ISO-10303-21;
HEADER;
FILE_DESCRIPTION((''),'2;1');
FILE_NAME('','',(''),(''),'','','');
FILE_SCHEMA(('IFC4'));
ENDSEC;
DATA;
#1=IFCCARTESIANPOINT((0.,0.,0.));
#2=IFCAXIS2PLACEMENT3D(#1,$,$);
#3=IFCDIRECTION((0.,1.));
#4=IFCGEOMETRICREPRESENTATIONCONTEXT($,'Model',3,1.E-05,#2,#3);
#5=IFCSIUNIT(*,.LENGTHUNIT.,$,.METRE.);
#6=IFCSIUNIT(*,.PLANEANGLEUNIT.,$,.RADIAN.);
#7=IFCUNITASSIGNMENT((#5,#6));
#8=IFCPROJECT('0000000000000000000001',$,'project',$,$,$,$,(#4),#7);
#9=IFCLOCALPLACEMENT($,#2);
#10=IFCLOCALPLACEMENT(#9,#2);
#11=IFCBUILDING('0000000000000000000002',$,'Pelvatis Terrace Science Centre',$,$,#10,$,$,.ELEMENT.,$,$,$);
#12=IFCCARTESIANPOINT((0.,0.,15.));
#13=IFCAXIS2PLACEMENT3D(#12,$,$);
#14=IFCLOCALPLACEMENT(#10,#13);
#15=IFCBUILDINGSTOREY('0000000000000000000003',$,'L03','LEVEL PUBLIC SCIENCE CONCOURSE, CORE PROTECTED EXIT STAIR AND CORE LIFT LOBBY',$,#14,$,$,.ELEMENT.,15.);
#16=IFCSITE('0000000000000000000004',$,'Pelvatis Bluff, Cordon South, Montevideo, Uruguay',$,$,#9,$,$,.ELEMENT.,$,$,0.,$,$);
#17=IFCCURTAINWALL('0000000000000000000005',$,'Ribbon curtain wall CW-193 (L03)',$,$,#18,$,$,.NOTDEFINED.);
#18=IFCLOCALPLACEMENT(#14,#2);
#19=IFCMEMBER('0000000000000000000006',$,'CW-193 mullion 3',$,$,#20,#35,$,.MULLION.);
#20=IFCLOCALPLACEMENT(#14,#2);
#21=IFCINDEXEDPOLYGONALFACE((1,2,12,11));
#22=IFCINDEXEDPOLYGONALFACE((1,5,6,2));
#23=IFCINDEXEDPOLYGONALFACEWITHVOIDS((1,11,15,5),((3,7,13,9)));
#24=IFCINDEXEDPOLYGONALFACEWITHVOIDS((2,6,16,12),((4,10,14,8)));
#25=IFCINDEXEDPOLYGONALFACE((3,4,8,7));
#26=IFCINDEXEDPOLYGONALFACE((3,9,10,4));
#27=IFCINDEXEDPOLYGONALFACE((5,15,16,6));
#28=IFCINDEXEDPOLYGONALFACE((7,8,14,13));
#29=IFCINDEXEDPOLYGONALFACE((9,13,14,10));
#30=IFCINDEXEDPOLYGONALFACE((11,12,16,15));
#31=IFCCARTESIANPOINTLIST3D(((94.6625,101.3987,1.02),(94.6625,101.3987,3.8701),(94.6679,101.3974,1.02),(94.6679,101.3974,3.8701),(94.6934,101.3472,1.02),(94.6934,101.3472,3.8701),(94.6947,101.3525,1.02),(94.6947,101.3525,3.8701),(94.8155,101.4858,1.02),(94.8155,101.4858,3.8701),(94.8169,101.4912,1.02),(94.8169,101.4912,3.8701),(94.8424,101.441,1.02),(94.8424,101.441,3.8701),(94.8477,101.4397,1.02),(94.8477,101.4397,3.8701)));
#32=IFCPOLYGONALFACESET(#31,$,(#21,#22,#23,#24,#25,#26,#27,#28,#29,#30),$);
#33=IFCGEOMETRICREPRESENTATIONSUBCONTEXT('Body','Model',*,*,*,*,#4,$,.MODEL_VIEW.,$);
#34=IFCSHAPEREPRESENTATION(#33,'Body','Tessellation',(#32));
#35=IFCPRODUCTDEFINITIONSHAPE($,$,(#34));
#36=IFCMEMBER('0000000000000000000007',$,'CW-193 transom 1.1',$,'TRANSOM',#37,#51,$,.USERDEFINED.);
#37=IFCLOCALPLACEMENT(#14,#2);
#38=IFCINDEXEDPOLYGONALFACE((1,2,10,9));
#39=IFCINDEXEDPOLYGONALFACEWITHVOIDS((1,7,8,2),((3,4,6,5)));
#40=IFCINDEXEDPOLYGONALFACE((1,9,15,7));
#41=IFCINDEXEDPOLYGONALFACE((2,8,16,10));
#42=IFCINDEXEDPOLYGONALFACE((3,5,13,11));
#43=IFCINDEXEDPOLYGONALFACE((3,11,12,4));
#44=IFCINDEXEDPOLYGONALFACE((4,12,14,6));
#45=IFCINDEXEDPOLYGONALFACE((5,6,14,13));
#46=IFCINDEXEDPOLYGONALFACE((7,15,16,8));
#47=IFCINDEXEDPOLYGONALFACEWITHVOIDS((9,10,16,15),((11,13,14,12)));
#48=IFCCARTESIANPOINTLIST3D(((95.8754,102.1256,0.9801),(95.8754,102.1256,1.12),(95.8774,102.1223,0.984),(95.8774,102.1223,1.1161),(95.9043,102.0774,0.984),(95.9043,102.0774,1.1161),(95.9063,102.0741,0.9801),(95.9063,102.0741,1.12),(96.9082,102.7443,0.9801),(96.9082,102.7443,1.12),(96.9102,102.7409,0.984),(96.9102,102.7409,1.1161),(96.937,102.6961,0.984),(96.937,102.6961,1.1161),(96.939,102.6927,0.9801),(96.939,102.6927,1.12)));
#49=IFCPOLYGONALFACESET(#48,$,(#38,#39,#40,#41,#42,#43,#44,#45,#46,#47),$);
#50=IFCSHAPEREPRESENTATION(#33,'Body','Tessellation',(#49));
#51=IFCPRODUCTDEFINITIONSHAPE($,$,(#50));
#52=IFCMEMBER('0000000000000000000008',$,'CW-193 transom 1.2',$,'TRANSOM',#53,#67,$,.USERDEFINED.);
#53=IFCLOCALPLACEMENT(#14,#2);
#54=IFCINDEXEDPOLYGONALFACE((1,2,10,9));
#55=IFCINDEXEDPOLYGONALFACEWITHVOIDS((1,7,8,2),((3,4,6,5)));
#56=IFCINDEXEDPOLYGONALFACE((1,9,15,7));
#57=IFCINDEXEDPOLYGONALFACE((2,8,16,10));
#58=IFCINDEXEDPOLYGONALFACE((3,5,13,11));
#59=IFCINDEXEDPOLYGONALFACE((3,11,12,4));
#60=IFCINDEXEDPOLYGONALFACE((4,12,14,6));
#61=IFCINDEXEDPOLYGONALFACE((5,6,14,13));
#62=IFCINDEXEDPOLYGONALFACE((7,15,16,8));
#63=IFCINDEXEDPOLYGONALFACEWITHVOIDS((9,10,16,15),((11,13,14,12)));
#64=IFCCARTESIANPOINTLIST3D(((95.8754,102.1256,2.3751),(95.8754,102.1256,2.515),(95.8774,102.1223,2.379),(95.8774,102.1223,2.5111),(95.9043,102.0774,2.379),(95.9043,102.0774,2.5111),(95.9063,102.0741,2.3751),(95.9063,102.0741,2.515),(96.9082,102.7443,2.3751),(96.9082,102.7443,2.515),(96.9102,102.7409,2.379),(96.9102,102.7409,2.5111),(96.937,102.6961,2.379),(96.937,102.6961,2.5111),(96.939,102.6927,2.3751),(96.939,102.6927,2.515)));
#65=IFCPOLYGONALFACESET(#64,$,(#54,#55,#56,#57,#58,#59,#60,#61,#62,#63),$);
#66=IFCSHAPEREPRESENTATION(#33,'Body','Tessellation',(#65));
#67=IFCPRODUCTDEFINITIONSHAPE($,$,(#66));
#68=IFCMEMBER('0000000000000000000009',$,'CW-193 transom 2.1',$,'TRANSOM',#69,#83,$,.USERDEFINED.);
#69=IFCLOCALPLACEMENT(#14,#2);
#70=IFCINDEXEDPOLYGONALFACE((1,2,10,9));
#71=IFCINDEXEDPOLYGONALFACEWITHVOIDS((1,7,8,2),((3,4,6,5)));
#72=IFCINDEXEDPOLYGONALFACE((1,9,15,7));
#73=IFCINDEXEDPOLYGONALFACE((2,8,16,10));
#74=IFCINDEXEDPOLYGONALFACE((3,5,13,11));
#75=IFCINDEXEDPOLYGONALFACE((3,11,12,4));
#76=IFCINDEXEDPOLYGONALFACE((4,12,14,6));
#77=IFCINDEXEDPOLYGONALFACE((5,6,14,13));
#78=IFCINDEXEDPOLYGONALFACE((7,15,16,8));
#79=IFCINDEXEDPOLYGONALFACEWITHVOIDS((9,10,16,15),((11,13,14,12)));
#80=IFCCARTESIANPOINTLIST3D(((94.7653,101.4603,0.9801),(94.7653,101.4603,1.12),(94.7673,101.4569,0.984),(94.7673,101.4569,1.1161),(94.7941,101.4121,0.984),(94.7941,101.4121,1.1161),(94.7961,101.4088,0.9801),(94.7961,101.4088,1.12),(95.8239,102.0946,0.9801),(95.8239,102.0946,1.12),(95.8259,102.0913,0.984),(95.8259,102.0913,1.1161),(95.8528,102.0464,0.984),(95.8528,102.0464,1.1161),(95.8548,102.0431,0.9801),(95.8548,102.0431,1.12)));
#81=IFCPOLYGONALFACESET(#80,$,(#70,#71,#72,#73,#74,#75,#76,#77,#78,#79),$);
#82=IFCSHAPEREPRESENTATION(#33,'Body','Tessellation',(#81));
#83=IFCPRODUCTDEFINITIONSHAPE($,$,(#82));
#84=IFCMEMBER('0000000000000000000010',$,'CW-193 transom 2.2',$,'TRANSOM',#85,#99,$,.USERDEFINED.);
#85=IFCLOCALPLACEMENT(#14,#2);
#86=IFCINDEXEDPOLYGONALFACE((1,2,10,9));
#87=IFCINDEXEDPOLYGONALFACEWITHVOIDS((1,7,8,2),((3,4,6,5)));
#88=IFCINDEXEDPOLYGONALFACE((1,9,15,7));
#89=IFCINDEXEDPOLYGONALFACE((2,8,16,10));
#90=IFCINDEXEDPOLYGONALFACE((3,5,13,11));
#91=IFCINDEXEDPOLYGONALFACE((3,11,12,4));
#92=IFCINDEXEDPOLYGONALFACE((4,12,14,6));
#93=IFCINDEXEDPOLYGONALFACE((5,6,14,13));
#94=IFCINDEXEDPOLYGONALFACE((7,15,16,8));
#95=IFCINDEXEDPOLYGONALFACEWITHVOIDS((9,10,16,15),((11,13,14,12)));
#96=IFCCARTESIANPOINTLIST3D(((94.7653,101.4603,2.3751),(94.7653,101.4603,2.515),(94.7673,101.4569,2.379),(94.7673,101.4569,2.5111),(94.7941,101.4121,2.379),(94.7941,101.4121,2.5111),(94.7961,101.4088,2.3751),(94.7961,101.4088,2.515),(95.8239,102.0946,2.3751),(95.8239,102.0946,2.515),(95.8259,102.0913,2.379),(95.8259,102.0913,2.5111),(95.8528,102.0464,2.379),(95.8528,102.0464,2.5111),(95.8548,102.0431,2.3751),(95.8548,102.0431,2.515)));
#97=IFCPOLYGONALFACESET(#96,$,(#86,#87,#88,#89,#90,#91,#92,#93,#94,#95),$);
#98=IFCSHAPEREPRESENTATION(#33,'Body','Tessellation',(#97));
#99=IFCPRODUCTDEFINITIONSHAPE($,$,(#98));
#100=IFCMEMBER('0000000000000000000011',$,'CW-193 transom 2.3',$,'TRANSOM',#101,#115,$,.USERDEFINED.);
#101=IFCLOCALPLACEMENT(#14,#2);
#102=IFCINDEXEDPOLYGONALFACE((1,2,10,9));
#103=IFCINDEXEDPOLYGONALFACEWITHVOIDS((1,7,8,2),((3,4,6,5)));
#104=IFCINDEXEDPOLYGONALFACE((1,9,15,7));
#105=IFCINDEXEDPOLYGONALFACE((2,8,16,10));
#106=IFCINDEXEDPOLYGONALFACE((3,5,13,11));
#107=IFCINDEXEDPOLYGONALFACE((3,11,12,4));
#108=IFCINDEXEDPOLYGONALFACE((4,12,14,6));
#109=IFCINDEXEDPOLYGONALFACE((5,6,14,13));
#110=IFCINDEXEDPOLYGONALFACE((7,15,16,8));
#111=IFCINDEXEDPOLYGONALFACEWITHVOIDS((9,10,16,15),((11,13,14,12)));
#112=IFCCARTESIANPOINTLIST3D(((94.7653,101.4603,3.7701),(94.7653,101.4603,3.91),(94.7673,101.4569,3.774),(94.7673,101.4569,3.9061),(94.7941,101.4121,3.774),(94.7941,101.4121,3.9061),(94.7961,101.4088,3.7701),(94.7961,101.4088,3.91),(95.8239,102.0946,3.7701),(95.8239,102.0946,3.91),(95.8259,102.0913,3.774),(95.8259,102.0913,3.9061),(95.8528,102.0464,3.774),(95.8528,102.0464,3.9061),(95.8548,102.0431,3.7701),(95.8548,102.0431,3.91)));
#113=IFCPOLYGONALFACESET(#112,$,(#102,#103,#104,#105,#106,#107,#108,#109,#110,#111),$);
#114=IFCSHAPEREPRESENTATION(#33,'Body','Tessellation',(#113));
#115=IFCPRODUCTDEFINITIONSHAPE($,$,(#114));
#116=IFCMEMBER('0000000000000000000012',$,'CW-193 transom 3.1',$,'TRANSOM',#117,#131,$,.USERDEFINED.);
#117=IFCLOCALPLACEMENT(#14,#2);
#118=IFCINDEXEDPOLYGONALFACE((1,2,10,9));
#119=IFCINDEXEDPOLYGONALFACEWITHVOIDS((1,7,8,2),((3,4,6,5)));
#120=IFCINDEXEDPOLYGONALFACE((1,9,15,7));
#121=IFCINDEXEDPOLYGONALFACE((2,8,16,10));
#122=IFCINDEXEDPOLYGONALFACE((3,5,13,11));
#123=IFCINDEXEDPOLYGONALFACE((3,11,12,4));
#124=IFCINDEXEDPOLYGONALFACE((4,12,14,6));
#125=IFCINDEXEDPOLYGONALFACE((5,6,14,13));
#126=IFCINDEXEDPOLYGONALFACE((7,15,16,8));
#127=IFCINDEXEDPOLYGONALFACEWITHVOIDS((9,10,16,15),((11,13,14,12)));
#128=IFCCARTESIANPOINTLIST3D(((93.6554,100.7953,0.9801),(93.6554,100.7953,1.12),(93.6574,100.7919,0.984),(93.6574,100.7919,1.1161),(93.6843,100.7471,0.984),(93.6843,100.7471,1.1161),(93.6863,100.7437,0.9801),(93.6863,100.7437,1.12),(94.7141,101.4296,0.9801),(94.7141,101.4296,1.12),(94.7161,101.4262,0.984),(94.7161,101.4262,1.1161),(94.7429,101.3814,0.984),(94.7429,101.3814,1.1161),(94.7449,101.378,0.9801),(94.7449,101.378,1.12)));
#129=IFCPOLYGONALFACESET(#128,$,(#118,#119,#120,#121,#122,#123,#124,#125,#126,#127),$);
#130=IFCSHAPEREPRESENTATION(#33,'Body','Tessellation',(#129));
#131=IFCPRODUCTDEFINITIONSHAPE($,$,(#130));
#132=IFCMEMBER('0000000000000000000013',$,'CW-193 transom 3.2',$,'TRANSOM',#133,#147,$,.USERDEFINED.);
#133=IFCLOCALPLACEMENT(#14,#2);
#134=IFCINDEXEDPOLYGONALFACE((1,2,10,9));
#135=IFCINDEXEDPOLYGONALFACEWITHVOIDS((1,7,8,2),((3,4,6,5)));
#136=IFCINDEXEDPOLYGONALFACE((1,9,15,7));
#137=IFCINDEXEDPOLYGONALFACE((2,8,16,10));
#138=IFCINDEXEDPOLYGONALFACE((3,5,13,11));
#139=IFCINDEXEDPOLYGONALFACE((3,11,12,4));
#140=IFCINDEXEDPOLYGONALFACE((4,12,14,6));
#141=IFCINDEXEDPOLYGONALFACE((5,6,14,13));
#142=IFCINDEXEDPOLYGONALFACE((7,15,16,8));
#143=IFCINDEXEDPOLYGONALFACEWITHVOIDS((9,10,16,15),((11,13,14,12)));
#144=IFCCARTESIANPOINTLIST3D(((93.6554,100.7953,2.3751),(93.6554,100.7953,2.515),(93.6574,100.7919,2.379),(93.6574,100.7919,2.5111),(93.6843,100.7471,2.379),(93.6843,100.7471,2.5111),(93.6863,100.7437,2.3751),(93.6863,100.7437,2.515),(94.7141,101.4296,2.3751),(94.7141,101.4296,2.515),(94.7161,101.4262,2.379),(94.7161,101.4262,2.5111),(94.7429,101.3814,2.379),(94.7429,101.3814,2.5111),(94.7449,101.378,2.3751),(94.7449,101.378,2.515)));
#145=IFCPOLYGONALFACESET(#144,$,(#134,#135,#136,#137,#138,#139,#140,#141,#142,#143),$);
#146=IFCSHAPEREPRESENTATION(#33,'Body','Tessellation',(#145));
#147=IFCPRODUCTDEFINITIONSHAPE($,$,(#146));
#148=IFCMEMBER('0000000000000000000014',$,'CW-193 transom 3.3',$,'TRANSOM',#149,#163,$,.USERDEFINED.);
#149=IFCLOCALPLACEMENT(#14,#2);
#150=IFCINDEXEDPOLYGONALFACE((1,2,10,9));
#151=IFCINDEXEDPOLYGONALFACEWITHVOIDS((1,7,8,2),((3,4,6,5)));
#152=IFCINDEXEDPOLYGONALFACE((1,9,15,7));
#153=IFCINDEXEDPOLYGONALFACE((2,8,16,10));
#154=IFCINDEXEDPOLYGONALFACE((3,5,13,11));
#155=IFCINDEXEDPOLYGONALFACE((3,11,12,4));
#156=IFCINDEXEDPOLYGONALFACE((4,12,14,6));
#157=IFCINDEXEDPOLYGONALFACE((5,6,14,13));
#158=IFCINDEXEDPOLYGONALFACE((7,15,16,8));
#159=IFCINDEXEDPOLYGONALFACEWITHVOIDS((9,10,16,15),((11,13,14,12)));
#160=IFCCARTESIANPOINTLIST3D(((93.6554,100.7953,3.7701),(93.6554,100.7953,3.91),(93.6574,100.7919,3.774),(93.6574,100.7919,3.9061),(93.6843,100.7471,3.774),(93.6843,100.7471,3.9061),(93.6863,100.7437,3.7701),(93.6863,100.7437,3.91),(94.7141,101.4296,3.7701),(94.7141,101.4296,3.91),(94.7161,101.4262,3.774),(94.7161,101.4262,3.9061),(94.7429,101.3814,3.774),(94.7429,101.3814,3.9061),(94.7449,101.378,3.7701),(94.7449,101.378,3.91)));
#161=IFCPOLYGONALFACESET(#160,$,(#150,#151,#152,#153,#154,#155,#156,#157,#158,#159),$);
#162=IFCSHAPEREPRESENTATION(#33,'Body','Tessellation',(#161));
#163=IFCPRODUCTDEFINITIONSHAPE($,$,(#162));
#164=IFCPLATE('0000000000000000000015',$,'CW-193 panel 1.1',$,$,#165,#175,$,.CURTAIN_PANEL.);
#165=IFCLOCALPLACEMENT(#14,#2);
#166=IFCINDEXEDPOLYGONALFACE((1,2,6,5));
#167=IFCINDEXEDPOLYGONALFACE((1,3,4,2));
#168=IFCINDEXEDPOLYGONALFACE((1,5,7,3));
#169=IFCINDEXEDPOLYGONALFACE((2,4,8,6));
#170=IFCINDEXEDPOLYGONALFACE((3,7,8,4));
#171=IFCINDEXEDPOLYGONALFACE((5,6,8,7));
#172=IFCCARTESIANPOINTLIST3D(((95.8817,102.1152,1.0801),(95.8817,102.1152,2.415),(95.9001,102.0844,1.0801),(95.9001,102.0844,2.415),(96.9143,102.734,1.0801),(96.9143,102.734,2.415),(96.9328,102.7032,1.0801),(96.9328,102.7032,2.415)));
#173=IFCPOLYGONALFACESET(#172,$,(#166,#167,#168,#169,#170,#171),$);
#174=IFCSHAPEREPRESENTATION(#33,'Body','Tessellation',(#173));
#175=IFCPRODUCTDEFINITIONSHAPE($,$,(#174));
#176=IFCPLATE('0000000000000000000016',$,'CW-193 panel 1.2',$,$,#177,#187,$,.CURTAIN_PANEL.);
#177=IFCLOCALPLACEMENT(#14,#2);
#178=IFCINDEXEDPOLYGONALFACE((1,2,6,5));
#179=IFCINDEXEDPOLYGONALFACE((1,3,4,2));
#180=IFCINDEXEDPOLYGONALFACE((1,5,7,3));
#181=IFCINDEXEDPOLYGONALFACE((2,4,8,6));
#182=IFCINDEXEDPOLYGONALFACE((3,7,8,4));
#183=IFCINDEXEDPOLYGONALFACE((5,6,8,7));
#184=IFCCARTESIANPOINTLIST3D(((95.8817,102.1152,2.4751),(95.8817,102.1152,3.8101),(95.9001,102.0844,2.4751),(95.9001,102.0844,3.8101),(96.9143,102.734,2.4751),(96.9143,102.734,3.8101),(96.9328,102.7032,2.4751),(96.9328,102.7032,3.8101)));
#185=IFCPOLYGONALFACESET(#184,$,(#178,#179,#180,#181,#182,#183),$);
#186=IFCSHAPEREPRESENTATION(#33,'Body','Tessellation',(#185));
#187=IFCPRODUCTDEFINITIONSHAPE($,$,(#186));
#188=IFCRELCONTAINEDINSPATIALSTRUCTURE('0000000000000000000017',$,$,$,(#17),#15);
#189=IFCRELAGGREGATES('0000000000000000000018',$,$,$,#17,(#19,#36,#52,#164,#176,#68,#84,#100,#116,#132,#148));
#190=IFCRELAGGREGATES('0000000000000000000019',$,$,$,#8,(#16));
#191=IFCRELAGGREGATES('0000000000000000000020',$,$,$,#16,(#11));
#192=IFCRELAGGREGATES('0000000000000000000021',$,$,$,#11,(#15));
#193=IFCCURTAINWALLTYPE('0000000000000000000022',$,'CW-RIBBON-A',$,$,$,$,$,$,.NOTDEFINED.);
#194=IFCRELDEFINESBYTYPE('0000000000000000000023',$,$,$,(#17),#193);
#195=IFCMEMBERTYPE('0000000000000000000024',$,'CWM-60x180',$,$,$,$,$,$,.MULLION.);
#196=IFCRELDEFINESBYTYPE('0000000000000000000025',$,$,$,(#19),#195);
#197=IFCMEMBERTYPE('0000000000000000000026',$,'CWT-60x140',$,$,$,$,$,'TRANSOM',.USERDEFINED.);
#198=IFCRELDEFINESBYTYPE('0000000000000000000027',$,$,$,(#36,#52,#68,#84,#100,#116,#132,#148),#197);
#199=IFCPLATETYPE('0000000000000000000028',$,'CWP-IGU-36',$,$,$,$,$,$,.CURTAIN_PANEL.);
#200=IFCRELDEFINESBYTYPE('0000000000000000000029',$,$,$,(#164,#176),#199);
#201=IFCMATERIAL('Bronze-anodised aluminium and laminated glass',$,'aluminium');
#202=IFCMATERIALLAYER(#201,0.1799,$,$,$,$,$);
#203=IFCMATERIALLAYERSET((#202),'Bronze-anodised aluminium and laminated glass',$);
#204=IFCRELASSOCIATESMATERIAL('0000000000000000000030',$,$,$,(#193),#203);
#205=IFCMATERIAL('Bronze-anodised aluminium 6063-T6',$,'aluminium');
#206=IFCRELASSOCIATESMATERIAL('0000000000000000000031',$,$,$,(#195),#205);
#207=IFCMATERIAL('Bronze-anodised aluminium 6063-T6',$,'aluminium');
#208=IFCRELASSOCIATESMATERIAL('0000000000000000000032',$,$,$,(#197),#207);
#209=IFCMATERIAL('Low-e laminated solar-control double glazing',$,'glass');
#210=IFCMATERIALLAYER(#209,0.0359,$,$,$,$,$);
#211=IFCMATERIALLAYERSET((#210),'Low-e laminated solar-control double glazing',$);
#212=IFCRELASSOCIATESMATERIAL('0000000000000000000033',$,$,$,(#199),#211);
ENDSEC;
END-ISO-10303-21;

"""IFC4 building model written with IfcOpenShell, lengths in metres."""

from ifc_helpers import new_model, si_unit, direction, frame, origin, origin_2d, place, context, subcontext, project, spatial, rectangle, hollow_rectangle, extrude, material, layer, layer_set, material_profile, profile_set, type_object, element, aggregate, save


model = new_model("IFC4")

# Units and contexts
model_context = context("Model", 3, precision=1e-05, world=origin(), true_north=direction((0.0, 1.0)))
body_context = subcontext(model_context, "Body", "Model", "MODEL_VIEW")
ifc_project = project(units=[si_unit("LENGTHUNIT", "METRE"), si_unit("PLANEANGLEUNIT", "RADIAN")], contexts=[model_context])

# Site, building, storey
site_placement = place(None, origin())
site = spatial("IfcSite", under=ifc_project, at=site_placement, Name="Pelvatis Bluff, Cordon South, Montevideo, Uruguay", CompositionType="ELEMENT", RefElevation=0.0)
building_placement = place(site_placement, origin())
building = spatial("IfcBuilding", under=site, at=building_placement, Name="Pelvatis Terrace Science Centre", CompositionType="ELEMENT")
storey_placement = place(building_placement, frame((0.0, 0.0, 15.0)))
storey = spatial("IfcBuildingStorey", under=building, at=storey_placement, Name="L03", Description="LEVEL PUBLIC SCIENCE CONCOURSE, CORE PROTECTED EXIT STAIR AND CORE LIFT LOBBY", CompositionType="ELEMENT", Elevation=15.0)

# Curtain wall, members, plates
ifc_material_1 = material(Name="Bronze-anodised aluminium and laminated glass", Category="aluminium")
ifc_layer_1 = layer(ifc_material_1, 0.1799)
ifc_layer_set_1 = layer_set([ifc_layer_1], Name="Bronze-anodised aluminium and laminated glass")
curtain_wall_type = type_object("IfcCurtainWallType", Name="CW-RIBBON-A", PredefinedType="NOTDEFINED", material=ifc_layer_set_1)
curtain_wall_placement = place(storey_placement, origin())
curtain_wall = element("IfcCurtainWall", 1, at=curtain_wall_placement, inside=storey, type_object=curtain_wall_type, Name="Ribbon curtain wall CW-193 (L03)", PredefinedType="NOTDEFINED")
ifc_material_2 = material(Name="Bronze-anodised aluminium 6063-T6", Category="aluminium")
ifc_material_profile_1 = material_profile(ifc_material_2, hollow_rectangle(XDim=0.0601, YDim=0.1799, WallThickness=0.0039, at=origin_2d()), Name="ALU-MUL 60x180")
ifc_profile_set_1 = profile_set([ifc_material_profile_1], Name="Bronze-anodised aluminium 6063-T6")
member_type_1 = type_object("IfcMemberType", Name="CWM-60x180", PredefinedType="MULLION", material=ifc_profile_set_1)
member_1_placement = place(storey_placement, frame((94.7551, 101.4192, 1.02), z_axis=(0.0, 0.0, 1.0), x_axis=(0.513996, -0.857793, 0.0)))
member_1 = element("IfcMember", 2, at=member_1_placement, type_object=member_type_1, Name="CW-193 mullion 3", PredefinedType="MULLION", context=body_context, shape_type="SweptSolid", body=[
    extrude(hollow_rectangle(XDim=0.0601, YDim=0.1799, WallThickness=0.0039, at=origin_2d()), origin(), (0.0, 0.0, 1.0), 2.8501),
])
ifc_material_3 = material(Name="Bronze-anodised aluminium 6063-T6", Category="aluminium")
ifc_material_profile_2 = material_profile(ifc_material_3, hollow_rectangle(XDim=0.0601, YDim=0.1399, WallThickness=0.0039, at=origin_2d()), Name="ALU-TRN 60x140")
ifc_profile_set_2 = profile_set([ifc_material_profile_2], Name="Bronze-anodised aluminium 6063-T6")
member_type_2 = type_object("IfcMemberType", Name="CWT-60x140", ElementType="TRANSOM", PredefinedType="USERDEFINED", material=ifc_profile_set_2)
member_2_placement = place(storey_placement, frame((96.9236, 102.7185, 1.05), z_axis=(-0.857851, -0.513899, 0.0), x_axis=(0.513899, -0.857851, 0.0)))
member_2 = element("IfcMember", 3, at=member_2_placement, type_object=member_type_2, Name="CW-193 transom 1.1", ObjectType="TRANSOM", PredefinedType="USERDEFINED", context=body_context, shape_type="SweptSolid", body=[
    extrude(hollow_rectangle(XDim=0.0601, YDim=0.1399, WallThickness=0.0039, at=origin_2d()), origin(), (0.0, 0.0, 1.0), 1.2039),
])
member_3_placement = place(storey_placement, frame((96.9236, 102.7185, 2.4451), z_axis=(-0.857851, -0.513899, 0.0), x_axis=(0.513899, -0.857851, 0.0)))
member_3 = element("IfcMember", 4, at=member_3_placement, type_object=member_type_2, Name="CW-193 transom 1.2", ObjectType="TRANSOM", PredefinedType="USERDEFINED", context=body_context, shape_type="SweptSolid", body=[
    extrude(hollow_rectangle(XDim=0.0601, YDim=0.1399, WallThickness=0.0039, at=origin_2d()), origin(), (0.0, 0.0, 1.0), 1.2039),
])
member_4_placement = place(storey_placement, frame((95.8394, 102.0688, 1.05), z_axis=(-0.857807, -0.513972, 0.0), x_axis=(0.513972, -0.857807, 0.0)))
member_4 = element("IfcMember", 5, at=member_4_placement, type_object=member_type_2, Name="CW-193 transom 2.1", ObjectType="TRANSOM", PredefinedType="USERDEFINED", context=body_context, shape_type="SweptSolid", body=[
    extrude(hollow_rectangle(XDim=0.0601, YDim=0.1399, WallThickness=0.0039, at=origin_2d()), origin(), (0.0, 0.0, 1.0), 1.2341),
])
member_5_placement = place(storey_placement, frame((95.8394, 102.0688, 2.4451), z_axis=(-0.857807, -0.513972, 0.0), x_axis=(0.513972, -0.857807, 0.0)))
member_5 = element("IfcMember", 6, at=member_5_placement, type_object=member_type_2, Name="CW-193 transom 2.2", ObjectType="TRANSOM", PredefinedType="USERDEFINED", context=body_context, shape_type="SweptSolid", body=[
    extrude(hollow_rectangle(XDim=0.0601, YDim=0.1399, WallThickness=0.0039, at=origin_2d()), origin(), (0.0, 0.0, 1.0), 1.2341),
])
member_6_placement = place(storey_placement, frame((95.8394, 102.0688, 3.8401), z_axis=(-0.857807, -0.513972, 0.0), x_axis=(0.513972, -0.857807, 0.0)))
member_6 = element("IfcMember", 7, at=member_6_placement, type_object=member_type_2, Name="CW-193 transom 2.3", ObjectType="TRANSOM", PredefinedType="USERDEFINED", context=body_context, shape_type="SweptSolid", body=[
    extrude(hollow_rectangle(XDim=0.0601, YDim=0.1399, WallThickness=0.0039, at=origin_2d()), origin(), (0.0, 0.0, 1.0), 1.2341),
])
member_7_placement = place(storey_placement, frame((94.7295, 101.4038, 1.05), z_axis=(-0.857807, -0.513972, 0.0), x_axis=(0.513972, -0.857807, 0.0)))
member_7 = element("IfcMember", 8, at=member_7_placement, type_object=member_type_2, Name="CW-193 transom 3.1", ObjectType="TRANSOM", PredefinedType="USERDEFINED", context=body_context, shape_type="SweptSolid", body=[
    extrude(hollow_rectangle(XDim=0.0601, YDim=0.1399, WallThickness=0.0039, at=origin_2d()), origin(), (0.0, 0.0, 1.0), 1.2341),
])
member_8_placement = place(storey_placement, frame((94.7295, 101.4038, 2.4451), z_axis=(-0.857807, -0.513972, 0.0), x_axis=(0.513972, -0.857807, 0.0)))
member_8 = element("IfcMember", 9, at=member_8_placement, type_object=member_type_2, Name="CW-193 transom 3.2", ObjectType="TRANSOM", PredefinedType="USERDEFINED", context=body_context, shape_type="SweptSolid", body=[
    extrude(hollow_rectangle(XDim=0.0601, YDim=0.1399, WallThickness=0.0039, at=origin_2d()), origin(), (0.0, 0.0, 1.0), 1.2341),
])
member_9_placement = place(storey_placement, frame((94.7295, 101.4038, 3.8401), z_axis=(-0.857807, -0.513972, 0.0), x_axis=(0.513972, -0.857807, 0.0)))
member_9 = element("IfcMember", 10, at=member_9_placement, type_object=member_type_2, Name="CW-193 transom 3.3", ObjectType="TRANSOM", PredefinedType="USERDEFINED", context=body_context, shape_type="SweptSolid", body=[
    extrude(hollow_rectangle(XDim=0.0601, YDim=0.1399, WallThickness=0.0039, at=origin_2d()), origin(), (0.0, 0.0, 1.0), 1.2341),
])
ifc_material_4 = material(Name="Low-e laminated solar-control double glazing", Category="glass")
ifc_layer_2 = layer(ifc_material_4, 0.0359)
ifc_layer_set_2 = layer_set([ifc_layer_2], Name="Low-e laminated solar-control double glazing")
plate_type_1 = type_object("IfcPlateType", Name="CWP-IGU-36", PredefinedType="CURTAIN_PANEL", material=ifc_layer_set_2)
plate_1_placement = place(storey_placement, frame((96.4072, 102.4092, 1.0801), z_axis=(0.0, 0.0, 1.0), x_axis=(-0.857793, -0.513996, 0.0)))
plate_1 = element("IfcPlate", 11, at=plate_1_placement, type_object=plate_type_1, Name="CW-193 panel 1.1", PredefinedType="CURTAIN_PANEL", context=body_context, shape_type="SweptSolid", body=[
    extrude(rectangle(XDim=1.2039, YDim=0.0359, at=origin_2d()), origin(), (0.0, 0.0, 1.0), 1.335),
])
plate_2_placement = place(storey_placement, frame((96.4072, 102.4092, 2.4751), z_axis=(0.0, 0.0, 1.0), x_axis=(-0.857793, -0.513996, 0.0)))
plate_2 = element("IfcPlate", 12, at=plate_2_placement, type_object=plate_type_1, Name="CW-193 panel 1.2", PredefinedType="CURTAIN_PANEL", context=body_context, shape_type="SweptSolid", body=[
    extrude(rectangle(XDim=1.2039, YDim=0.0359, at=origin_2d()), origin(), (0.0, 0.0, 1.0), 1.335),
])
aggregate(curtain_wall, [member_1, member_2, member_3, plate_1, plate_2, member_4, member_5, member_6, member_7, member_8, member_9])

save(model, "model.ifc")
